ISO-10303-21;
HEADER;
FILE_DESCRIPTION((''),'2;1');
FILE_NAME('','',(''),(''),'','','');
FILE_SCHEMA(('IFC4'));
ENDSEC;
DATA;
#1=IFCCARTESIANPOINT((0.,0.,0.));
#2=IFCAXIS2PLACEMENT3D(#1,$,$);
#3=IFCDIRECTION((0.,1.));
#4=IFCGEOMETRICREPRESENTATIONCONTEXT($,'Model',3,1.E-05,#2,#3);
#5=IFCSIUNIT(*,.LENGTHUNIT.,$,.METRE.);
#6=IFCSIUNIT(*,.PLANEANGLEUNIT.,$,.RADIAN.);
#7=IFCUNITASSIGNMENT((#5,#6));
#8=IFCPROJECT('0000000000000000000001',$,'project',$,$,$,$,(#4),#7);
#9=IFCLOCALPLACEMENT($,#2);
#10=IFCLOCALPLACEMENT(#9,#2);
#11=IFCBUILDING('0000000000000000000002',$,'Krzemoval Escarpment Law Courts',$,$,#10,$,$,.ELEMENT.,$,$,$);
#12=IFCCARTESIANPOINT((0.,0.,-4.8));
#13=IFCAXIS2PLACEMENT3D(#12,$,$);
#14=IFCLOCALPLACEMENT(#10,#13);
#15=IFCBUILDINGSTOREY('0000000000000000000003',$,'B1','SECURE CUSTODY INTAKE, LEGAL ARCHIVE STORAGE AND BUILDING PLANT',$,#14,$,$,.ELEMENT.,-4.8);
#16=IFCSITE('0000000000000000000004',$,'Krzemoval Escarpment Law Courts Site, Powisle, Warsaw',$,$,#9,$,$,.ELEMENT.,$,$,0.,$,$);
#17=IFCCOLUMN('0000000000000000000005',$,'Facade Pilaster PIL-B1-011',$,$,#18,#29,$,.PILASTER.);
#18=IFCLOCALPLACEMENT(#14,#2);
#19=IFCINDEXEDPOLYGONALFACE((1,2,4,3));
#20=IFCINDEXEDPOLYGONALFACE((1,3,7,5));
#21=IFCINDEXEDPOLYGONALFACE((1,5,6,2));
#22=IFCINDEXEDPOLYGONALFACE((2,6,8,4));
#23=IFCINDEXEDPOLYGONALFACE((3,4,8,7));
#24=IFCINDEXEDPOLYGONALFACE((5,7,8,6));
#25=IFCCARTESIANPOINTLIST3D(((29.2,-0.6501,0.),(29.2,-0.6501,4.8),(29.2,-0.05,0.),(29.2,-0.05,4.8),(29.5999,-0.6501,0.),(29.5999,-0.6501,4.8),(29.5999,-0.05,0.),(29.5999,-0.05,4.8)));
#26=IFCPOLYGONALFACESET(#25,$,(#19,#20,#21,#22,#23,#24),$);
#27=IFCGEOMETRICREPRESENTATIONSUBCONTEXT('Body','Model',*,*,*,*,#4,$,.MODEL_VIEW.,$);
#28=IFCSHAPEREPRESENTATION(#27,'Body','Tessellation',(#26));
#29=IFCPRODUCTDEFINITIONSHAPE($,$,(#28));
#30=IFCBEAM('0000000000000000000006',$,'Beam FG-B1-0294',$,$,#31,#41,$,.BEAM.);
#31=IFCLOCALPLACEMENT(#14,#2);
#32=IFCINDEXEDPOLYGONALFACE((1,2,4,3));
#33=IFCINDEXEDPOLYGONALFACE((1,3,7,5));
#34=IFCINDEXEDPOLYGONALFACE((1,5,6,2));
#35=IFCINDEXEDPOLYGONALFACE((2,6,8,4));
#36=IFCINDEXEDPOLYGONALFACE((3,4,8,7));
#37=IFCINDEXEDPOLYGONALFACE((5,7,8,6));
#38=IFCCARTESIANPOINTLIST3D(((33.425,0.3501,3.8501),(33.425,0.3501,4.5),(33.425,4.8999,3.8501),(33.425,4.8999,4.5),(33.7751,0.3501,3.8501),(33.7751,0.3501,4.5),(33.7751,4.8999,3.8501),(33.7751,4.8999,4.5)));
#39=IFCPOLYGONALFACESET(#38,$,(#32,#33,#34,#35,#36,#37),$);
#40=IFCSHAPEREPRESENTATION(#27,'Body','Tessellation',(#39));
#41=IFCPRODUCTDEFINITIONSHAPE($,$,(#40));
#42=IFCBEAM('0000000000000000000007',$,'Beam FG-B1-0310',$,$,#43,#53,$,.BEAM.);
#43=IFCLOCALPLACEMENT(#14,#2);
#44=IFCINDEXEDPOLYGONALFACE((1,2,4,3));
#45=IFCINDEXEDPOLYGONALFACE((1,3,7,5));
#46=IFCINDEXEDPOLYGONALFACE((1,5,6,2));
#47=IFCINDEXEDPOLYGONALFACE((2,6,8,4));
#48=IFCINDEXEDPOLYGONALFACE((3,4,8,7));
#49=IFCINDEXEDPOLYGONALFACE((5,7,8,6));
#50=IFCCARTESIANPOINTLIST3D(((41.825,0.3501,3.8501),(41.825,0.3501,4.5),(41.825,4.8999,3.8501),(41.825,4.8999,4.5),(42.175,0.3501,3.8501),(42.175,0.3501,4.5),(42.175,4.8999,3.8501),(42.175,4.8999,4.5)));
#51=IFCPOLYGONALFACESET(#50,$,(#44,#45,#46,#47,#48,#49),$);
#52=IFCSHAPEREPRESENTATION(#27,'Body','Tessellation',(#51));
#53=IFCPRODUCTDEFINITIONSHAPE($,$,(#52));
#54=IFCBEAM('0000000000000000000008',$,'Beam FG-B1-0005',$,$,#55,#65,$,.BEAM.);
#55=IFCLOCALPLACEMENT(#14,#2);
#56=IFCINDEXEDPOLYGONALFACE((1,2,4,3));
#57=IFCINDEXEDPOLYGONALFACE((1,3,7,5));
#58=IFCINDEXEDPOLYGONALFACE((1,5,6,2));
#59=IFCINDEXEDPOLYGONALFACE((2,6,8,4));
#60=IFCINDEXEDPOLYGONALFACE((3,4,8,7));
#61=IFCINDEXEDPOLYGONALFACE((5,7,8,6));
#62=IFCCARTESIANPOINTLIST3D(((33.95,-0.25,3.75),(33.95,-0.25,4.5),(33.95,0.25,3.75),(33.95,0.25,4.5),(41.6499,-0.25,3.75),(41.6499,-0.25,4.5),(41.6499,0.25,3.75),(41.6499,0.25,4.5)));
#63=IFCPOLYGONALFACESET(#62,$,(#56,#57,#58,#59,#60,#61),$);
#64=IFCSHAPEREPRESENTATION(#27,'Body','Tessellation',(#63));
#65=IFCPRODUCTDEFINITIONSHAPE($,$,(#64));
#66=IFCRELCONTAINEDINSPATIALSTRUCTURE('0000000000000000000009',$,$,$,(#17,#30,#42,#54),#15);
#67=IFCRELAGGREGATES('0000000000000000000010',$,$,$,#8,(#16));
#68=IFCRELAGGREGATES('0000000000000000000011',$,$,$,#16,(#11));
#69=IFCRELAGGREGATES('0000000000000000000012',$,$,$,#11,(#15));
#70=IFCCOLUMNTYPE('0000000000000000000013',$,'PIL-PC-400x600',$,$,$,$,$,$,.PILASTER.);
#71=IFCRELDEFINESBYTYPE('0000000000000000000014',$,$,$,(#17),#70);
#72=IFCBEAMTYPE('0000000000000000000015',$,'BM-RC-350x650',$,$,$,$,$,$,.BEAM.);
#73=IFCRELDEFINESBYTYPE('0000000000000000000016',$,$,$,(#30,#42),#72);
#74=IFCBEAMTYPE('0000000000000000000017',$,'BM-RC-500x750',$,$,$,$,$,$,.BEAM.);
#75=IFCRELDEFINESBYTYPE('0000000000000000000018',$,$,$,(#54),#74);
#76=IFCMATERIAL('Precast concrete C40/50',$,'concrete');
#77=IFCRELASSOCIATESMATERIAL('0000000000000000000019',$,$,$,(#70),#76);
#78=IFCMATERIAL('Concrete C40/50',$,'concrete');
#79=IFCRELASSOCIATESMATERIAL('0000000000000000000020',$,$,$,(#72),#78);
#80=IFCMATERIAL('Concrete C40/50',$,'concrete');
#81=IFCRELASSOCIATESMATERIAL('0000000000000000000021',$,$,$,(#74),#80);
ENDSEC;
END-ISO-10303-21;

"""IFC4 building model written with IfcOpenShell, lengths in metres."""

from ifc_helpers import new_model, si_unit, direction, frame, origin, origin_2d, place, context, subcontext, project, spatial, rectangle, extrude, material, material_profile, profile_set, type_object, element, save


model = new_model("IFC4")

# Units and contexts
model_context = context("Model", 3, precision=1e-05, world=origin(), true_north=direction((0.0, 1.0)))
body_context = subcontext(model_context, "Body", "Model", "MODEL_VIEW")
ifc_project = project(units=[si_unit("LENGTHUNIT", "METRE"), si_unit("PLANEANGLEUNIT", "RADIAN")], contexts=[model_context])

# Site, building, storey
site_placement = place(None, origin())
site = spatial("IfcSite", under=ifc_project, at=site_placement, Name="Krzemoval Escarpment Law Courts Site, Powisle, Warsaw", CompositionType="ELEMENT", RefElevation=0.0)
building_placement = place(site_placement, origin())
building = spatial("IfcBuilding", under=site, at=building_placement, Name="Krzemoval Escarpment Law Courts", CompositionType="ELEMENT")
storey_placement = place(building_placement, frame((0.0, 0.0, -4.8)))
storey = spatial("IfcBuildingStorey", under=building, at=storey_placement, Name="B1", Description="SECURE CUSTODY INTAKE, LEGAL ARCHIVE STORAGE AND BUILDING PLANT", CompositionType="ELEMENT", Elevation=-4.8)

# Column
ifc_material_1 = material(Name="Precast concrete C40/50", Category="concrete")
ifc_material_profile_1 = material_profile(ifc_material_1, rectangle(XDim=0.3999, YDim=0.6001, at=origin_2d()), Name="PIL 400x600")
ifc_profile_set_1 = profile_set([ifc_material_profile_1], Name="Precast concrete C40/50")
column_type_1 = type_object("IfcColumnType", Name="PIL-PC-400x600", PredefinedType="PILASTER", material=ifc_profile_set_1)
column_1_placement = place(storey_placement, frame((29.3999, -0.3501, 0.0), z_axis=(0.0, 0.0, 1.0), x_axis=(1.0, 0.0, 0.0)))
element("IfcColumn", 1, at=column_1_placement, inside=storey, type_object=column_type_1, Name="Facade Pilaster PIL-B1-011", PredefinedType="PILASTER", context=body_context, shape_type="SweptSolid", body=[
    extrude(rectangle(XDim=0.3999, YDim=0.6001, at=origin_2d()), origin(), (0.0, 0.0, 1.0), 4.8),
])

# Beams
ifc_material_2 = material(Name="Concrete C40/50", Category="concrete")
ifc_material_profile_2 = material_profile(ifc_material_2, rectangle(XDim=0.3501, YDim=0.6499, at=origin_2d()), Name="RCB 350x650")
ifc_profile_set_2 = profile_set([ifc_material_profile_2], Name="Concrete C40/50")
beam_type_1 = type_object("IfcBeamType", Name="BM-RC-350x650", PredefinedType="BEAM", material=ifc_profile_set_2)
for number, where, z_axis, x_axis, name in (
    (2, (33.6001, 0.3501, 4.175), (0.0, 1.0, 0.0), (-1.0, 0.0, 0.0), "Beam FG-B1-0294"),
    (3, (42.0, 0.3501, 4.175), (0.0, 1.0, 0.0), (-1.0, 0.0, 0.0), "Beam FG-B1-0310"),
):
    element("IfcBeam", number, at=place(storey_placement, frame(where, z_axis=z_axis, x_axis=x_axis)), inside=storey, type_object=beam_type_1, Name=name, PredefinedType="BEAM", context=body_context, shape_type="SweptSolid", body=[
        extrude(rectangle(XDim=0.3501, YDim=0.6499, at=origin_2d()), origin(), (0.0, 0.0, 1.0), 4.5498),
    ])
ifc_material_3 = material(Name="Concrete C40/50", Category="concrete")
ifc_material_profile_3 = material_profile(ifc_material_3, rectangle(XDim=0.5, YDim=0.75, at=origin_2d()), Name="RCB 500x750")
ifc_profile_set_3 = profile_set([ifc_material_profile_3], Name="Concrete C40/50")
beam_type_2 = type_object("IfcBeamType", Name="BM-RC-500x750", PredefinedType="BEAM", material=ifc_profile_set_3)
beam_placement = place(storey_placement, frame((33.95, 0.0, 4.125), z_axis=(1.0, 0.0, 0.0), x_axis=(0.0, 1.0, 0.0)))
element("IfcBeam", 4, at=beam_placement, inside=storey, type_object=beam_type_2, Name="Beam FG-B1-0005", PredefinedType="BEAM", context=body_context, shape_type="SweptSolid", body=[
    extrude(rectangle(XDim=0.5, YDim=0.75, at=origin_2d()), origin(), (0.0, 0.0, 1.0), 7.7),
])

save(model, "model.ifc")
